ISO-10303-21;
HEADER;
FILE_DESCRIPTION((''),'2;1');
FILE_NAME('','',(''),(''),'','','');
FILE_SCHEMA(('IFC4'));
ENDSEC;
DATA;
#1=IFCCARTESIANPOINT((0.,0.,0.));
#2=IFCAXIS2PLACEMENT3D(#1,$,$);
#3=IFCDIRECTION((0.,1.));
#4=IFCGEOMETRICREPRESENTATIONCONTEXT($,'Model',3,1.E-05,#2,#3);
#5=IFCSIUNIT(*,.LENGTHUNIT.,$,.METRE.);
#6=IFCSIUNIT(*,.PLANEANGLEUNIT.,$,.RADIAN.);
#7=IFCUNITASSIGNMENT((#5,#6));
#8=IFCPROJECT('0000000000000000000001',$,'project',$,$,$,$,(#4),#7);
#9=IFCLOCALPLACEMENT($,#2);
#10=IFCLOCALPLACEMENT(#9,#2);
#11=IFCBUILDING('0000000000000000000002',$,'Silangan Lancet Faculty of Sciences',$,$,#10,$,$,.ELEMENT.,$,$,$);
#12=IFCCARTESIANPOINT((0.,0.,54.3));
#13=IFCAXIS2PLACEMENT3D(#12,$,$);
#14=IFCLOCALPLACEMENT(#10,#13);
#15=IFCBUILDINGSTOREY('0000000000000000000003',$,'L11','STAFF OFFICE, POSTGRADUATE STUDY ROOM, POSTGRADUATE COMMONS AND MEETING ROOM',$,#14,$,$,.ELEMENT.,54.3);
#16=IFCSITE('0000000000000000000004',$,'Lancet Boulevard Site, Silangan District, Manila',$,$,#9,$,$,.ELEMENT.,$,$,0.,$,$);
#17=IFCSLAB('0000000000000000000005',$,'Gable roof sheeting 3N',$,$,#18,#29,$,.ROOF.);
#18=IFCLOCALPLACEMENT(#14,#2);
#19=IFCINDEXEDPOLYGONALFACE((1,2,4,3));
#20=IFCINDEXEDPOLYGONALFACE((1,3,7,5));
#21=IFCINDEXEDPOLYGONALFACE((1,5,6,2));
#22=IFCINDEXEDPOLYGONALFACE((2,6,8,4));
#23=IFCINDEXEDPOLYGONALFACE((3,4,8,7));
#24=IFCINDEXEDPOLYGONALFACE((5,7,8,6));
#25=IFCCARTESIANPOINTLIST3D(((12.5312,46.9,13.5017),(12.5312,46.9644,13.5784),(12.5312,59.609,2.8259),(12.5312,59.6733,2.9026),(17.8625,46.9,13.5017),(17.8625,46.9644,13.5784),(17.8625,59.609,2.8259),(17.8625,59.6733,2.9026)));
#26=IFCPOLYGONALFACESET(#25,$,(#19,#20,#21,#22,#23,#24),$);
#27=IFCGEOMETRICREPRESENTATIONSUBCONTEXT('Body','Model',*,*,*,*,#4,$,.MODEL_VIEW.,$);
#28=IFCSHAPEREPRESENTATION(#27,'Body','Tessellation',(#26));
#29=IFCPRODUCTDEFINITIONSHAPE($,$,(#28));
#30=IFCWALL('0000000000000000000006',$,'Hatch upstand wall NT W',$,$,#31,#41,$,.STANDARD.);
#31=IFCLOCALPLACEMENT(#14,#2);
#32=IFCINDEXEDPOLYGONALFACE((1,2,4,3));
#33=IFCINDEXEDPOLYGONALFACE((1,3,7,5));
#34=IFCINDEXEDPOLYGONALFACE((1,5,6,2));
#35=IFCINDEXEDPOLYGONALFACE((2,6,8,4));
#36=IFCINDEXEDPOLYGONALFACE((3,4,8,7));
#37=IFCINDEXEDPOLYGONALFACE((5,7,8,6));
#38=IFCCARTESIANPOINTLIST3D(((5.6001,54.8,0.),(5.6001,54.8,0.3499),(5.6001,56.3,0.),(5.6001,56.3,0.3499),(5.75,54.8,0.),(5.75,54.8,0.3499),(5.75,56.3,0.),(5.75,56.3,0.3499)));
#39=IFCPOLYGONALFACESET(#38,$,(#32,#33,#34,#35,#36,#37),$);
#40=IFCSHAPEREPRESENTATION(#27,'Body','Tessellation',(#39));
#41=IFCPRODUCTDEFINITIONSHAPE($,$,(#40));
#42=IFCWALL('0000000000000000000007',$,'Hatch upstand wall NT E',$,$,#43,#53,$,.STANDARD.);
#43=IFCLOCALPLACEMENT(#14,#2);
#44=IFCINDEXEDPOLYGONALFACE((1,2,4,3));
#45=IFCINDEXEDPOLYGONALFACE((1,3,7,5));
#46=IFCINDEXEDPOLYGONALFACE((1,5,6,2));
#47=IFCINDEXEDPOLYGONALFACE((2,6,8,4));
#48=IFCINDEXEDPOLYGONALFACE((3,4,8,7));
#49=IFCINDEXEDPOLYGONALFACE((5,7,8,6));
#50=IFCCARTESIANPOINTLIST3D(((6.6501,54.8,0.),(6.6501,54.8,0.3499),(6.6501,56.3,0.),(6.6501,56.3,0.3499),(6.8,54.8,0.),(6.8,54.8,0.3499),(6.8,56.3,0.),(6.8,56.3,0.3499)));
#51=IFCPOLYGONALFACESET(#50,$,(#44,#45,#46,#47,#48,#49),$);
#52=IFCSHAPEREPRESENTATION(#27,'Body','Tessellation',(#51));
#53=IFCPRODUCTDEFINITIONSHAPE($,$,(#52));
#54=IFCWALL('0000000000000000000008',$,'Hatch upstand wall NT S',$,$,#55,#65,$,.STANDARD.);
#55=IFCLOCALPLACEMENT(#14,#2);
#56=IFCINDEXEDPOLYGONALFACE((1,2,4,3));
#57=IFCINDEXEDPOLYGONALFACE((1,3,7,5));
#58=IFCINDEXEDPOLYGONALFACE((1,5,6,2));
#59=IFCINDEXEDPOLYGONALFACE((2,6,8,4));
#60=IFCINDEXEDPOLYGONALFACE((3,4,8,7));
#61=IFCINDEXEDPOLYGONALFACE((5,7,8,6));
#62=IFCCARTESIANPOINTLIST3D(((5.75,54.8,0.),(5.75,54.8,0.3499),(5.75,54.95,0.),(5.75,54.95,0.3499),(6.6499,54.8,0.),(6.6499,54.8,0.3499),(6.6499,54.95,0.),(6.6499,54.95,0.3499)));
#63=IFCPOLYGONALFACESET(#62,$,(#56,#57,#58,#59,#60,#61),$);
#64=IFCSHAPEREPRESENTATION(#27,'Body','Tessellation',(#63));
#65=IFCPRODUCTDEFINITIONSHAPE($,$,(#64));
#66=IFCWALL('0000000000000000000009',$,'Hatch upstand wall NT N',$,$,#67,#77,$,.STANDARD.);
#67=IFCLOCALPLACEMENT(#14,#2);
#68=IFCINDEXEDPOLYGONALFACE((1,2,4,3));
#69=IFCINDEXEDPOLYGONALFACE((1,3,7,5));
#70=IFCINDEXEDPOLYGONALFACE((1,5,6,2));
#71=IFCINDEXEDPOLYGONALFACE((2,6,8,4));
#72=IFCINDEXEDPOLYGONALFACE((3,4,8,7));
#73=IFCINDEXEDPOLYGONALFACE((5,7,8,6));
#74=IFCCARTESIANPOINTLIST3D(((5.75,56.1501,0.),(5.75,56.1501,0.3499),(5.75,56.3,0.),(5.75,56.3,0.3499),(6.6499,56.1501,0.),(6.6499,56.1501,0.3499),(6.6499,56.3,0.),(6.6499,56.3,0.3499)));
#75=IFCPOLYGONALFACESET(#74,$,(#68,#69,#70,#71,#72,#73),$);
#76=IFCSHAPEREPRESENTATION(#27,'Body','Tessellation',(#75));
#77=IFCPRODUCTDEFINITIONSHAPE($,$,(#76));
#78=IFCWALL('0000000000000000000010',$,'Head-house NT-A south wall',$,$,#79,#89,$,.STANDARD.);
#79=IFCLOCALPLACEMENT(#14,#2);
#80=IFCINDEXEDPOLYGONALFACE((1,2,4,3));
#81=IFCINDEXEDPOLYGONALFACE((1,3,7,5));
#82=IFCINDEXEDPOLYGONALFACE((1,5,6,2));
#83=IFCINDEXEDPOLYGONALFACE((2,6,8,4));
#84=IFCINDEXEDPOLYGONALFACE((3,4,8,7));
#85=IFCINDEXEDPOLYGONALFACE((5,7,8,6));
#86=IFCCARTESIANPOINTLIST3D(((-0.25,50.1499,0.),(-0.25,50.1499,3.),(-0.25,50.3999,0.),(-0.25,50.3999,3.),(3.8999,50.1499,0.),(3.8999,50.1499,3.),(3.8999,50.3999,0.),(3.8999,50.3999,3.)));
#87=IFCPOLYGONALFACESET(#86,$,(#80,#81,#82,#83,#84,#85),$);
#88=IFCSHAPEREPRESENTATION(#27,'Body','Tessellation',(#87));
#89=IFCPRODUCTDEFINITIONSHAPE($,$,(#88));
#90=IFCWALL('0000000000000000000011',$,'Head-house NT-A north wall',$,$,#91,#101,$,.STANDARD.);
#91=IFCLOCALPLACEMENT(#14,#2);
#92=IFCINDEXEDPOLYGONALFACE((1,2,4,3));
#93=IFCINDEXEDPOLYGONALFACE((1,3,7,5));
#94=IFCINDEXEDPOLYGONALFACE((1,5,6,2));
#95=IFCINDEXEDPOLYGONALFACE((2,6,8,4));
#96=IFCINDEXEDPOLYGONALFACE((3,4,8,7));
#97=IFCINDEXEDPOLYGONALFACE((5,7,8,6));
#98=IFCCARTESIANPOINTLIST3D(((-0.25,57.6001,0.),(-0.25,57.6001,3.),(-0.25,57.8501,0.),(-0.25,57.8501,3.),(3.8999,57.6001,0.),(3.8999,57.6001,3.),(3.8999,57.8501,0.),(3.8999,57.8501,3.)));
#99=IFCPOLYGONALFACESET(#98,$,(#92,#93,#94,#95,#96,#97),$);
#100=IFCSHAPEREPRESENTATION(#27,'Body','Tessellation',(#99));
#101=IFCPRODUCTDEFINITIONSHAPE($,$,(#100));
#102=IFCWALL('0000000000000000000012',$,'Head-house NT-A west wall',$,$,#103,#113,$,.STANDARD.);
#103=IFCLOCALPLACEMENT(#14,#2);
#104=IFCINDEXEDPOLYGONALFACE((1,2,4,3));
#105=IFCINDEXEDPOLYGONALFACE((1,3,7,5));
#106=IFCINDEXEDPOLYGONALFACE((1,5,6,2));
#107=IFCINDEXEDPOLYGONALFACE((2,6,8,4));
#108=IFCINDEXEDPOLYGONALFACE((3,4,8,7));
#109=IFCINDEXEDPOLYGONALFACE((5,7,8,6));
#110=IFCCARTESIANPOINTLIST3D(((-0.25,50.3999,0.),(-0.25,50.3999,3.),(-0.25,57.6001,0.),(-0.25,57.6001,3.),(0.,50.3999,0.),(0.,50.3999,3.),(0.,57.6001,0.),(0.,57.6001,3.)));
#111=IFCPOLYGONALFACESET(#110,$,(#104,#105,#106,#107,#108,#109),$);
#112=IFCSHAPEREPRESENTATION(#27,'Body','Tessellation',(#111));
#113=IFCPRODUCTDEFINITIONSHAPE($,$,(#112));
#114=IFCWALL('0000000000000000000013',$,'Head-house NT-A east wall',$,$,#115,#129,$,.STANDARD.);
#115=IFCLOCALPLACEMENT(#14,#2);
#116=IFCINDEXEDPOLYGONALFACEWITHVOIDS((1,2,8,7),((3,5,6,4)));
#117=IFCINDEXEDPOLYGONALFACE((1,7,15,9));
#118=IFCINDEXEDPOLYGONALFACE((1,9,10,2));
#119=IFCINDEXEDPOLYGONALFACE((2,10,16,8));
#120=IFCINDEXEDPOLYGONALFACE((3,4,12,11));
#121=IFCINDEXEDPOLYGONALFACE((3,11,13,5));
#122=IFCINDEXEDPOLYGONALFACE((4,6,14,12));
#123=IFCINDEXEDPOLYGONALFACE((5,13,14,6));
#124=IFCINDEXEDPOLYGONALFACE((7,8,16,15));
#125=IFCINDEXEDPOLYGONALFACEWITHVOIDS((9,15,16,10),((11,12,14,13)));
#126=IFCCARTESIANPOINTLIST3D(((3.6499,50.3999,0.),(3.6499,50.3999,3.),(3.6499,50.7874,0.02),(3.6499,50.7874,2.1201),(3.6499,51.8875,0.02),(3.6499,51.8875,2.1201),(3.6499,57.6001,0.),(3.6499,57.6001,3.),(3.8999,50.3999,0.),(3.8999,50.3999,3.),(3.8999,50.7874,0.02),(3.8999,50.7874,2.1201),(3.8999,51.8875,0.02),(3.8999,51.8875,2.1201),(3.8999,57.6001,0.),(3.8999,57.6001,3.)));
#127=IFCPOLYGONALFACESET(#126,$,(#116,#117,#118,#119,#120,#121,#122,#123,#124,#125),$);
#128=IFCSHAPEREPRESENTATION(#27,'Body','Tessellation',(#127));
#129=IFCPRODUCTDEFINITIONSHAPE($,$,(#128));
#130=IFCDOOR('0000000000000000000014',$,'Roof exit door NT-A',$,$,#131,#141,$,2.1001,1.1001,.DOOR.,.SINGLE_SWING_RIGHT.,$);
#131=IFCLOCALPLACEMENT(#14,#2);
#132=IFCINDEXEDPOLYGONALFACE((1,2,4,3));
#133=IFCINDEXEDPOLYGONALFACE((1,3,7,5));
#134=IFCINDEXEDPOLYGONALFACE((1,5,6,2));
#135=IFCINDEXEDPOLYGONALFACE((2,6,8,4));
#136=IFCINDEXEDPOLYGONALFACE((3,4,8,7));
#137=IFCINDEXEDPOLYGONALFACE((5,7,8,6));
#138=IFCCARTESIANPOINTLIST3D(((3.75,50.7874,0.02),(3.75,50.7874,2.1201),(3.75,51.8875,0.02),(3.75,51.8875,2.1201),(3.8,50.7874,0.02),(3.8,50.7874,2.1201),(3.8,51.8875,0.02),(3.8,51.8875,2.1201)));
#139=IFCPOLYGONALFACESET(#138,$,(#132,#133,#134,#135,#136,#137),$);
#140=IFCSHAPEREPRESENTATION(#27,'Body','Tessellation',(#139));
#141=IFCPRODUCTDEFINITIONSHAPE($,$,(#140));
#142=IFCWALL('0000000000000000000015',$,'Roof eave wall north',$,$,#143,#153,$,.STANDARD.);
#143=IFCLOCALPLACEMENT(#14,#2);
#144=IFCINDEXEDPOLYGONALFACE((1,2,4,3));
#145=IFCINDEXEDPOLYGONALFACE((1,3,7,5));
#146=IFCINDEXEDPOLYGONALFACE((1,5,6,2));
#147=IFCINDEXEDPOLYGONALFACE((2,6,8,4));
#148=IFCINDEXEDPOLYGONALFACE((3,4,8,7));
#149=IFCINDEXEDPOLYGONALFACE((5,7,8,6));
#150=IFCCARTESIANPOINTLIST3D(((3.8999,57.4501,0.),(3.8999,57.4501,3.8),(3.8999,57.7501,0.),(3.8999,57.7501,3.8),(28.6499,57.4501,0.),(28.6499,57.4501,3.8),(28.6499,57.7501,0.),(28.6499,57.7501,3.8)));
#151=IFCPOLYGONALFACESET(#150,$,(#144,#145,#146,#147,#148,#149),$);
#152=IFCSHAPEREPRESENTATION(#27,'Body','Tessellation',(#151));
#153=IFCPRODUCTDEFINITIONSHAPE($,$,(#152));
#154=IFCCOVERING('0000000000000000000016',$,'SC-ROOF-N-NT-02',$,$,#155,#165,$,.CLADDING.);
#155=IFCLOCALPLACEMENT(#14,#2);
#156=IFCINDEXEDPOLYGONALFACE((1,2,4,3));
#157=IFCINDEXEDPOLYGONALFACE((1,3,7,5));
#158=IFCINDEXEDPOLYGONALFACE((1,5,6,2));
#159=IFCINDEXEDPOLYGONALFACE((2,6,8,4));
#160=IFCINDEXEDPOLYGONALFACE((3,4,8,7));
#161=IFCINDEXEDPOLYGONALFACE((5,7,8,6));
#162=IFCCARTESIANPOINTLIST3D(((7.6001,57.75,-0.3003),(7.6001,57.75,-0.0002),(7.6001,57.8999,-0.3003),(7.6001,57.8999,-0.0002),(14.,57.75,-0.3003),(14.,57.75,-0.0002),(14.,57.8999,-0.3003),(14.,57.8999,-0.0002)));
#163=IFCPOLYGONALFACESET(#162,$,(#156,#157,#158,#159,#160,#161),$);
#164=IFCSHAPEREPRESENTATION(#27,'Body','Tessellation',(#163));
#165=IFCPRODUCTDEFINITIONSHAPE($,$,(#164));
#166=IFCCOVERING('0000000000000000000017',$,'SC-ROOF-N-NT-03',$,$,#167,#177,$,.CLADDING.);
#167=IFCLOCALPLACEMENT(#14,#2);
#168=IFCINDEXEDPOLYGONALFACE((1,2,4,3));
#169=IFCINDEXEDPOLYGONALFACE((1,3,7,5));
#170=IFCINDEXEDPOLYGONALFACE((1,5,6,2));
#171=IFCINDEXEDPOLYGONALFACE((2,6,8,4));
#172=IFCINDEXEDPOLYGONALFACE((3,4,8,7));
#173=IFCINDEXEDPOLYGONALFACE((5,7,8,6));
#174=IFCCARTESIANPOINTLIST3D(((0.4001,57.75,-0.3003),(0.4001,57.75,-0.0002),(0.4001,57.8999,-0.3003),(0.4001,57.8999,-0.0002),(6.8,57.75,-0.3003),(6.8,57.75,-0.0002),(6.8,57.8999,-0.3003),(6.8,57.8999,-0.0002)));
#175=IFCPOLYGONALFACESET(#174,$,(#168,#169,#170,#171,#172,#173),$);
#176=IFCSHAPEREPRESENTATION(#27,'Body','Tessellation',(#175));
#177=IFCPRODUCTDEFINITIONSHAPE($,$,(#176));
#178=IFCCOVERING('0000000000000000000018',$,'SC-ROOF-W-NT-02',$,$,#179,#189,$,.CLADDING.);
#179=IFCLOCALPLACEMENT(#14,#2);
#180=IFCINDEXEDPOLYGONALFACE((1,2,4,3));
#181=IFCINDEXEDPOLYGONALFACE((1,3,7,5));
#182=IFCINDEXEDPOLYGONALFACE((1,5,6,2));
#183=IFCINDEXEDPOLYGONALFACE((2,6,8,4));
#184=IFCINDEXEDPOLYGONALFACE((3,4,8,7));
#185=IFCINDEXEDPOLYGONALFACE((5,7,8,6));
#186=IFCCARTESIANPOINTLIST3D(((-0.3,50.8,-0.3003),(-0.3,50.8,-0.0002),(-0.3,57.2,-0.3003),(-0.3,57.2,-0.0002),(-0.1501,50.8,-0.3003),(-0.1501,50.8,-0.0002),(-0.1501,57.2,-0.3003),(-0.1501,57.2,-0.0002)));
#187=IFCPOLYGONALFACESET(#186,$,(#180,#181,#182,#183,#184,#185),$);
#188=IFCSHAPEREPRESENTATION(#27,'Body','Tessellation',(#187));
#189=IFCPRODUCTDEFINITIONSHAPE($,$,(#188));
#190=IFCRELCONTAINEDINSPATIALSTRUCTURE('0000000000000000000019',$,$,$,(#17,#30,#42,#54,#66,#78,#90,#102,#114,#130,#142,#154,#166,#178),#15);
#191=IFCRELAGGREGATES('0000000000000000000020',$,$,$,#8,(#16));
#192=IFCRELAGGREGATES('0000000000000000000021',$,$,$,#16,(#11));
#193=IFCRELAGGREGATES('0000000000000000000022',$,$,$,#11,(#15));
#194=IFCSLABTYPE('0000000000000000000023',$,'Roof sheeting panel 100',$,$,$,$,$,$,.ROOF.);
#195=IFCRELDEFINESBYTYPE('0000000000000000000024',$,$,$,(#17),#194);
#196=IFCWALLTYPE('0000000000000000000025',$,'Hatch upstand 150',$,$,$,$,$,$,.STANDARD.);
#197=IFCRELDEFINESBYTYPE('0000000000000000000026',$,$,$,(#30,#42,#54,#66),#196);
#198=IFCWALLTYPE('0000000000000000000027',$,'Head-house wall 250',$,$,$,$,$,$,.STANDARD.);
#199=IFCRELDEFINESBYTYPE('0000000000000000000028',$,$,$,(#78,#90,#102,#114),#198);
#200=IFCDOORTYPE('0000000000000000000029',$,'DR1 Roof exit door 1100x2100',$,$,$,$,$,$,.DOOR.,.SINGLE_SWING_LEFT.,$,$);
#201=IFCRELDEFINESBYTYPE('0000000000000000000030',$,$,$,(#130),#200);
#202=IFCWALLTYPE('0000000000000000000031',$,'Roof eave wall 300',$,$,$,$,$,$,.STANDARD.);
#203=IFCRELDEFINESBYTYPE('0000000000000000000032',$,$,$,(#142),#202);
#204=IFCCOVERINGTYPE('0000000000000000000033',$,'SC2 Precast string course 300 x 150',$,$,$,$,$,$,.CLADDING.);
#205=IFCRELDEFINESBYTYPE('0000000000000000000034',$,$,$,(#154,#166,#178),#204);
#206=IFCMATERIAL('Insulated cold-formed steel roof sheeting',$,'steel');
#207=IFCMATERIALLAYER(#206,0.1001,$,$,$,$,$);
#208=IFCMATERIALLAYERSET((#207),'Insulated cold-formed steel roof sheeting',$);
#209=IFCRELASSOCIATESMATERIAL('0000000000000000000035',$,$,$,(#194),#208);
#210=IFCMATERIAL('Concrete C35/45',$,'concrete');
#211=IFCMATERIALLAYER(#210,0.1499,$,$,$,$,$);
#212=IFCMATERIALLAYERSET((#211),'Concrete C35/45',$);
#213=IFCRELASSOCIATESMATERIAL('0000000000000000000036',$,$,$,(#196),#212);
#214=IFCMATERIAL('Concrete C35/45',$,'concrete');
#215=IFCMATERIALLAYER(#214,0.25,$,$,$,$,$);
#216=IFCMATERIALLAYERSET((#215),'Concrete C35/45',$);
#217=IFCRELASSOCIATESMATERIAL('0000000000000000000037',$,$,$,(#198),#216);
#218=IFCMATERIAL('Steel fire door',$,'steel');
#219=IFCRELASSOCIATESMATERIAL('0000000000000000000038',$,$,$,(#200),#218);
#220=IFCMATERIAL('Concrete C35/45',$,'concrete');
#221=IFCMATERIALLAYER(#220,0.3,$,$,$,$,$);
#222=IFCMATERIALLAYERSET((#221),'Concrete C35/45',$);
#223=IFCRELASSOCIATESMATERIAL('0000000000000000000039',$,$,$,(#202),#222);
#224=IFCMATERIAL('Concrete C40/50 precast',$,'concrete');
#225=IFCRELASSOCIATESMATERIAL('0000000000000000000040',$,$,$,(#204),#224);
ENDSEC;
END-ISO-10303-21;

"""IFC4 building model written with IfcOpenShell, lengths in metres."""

from ifc_helpers import new_model, si_unit, direction, frame, frame_2d, origin, origin_2d, place, context, subcontext, project, spatial, polyline, rectangle, outline, extrude, material, layer, layer_set, type_object, element, fill, save


model = new_model("IFC4")

# Units and contexts
model_context = context("Model", 3, precision=1e-05, world=origin(), true_north=direction((0.0, 1.0)))
body_context = subcontext(model_context, "Body", "Model", "MODEL_VIEW")
ifc_project = project(units=[si_unit("LENGTHUNIT", "METRE"), si_unit("PLANEANGLEUNIT", "RADIAN")], contexts=[model_context])

# Site, building, storey
site_placement = place(None, origin())
site = spatial("IfcSite", under=ifc_project, at=site_placement, Name="Lancet Boulevard Site, Silangan District, Manila", CompositionType="ELEMENT", RefElevation=0.0)
building_placement = place(site_placement, origin())
building = spatial("IfcBuilding", under=site, at=building_placement, Name="Silangan Lancet Faculty of Sciences", CompositionType="ELEMENT")
storey_placement = place(building_placement, frame((0.0, 0.0, 54.3)))
storey = spatial("IfcBuildingStorey", under=building, at=storey_placement, Name="L11", Description="STAFF OFFICE, POSTGRADUATE STUDY ROOM, POSTGRADUATE COMMONS AND MEETING ROOM", CompositionType="ELEMENT", Elevation=54.3)

# Slab
ifc_material_1 = material(Name="Insulated cold-formed steel roof sheeting", Category="steel")
ifc_layer_1 = layer(ifc_material_1, 0.1001)
ifc_layer_set_1 = layer_set([ifc_layer_1], Name="Insulated cold-formed steel roof sheeting")
slab_type = type_object("IfcSlabType", Name="Roof sheeting panel 100", PredefinedType="ROOF", material=ifc_layer_set_1)
for number, where, z_axis, x_axis, name in (
    (1, (12.5312, 46.9644, 13.5784), (0.0, 0.6432, 0.765698), (1.0, 0.0, 0.0), "Gable roof sheeting 3N"),
):
    element("IfcSlab", number, at=place(storey_placement, frame(where, z_axis=z_axis, x_axis=x_axis)), inside=storey, type_object=slab_type, Name=name, PredefinedType="ROOF", context=body_context, shape_type="SweptSolid", body=[
        extrude(outline(polyline([(0.0, 0.0), (5.3313, 0.0), (5.3313, 16.5979), (0.0, 16.5979), (0.0, 0.0)])), origin(), (0.0, 0.0, -1.0), 0.1001),
    ])

# Walls
ifc_material_2 = material(Name="Concrete C35/45", Category="concrete")
ifc_layer_2 = layer(ifc_material_2, 0.1499)
ifc_layer_set_2 = layer_set([ifc_layer_2], Name="Concrete C35/45")
wall_type_1 = type_object("IfcWallType", Name="Hatch upstand 150", PredefinedType="STANDARD", material=ifc_layer_set_2)
for number, where, z_axis, x_axis, name in (
    (2, (5.675, 54.8, 0.0), (0.0, 0.0, 1.0), (0.0, 1.0, 0.0), "Hatch upstand wall NT W"),
    (3, (6.7251, 54.8, 0.0), (0.0, 0.0, 1.0), (0.0, 1.0, 0.0), "Hatch upstand wall NT E"),
):
    element("IfcWall", number, at=place(storey_placement, frame(where, z_axis=z_axis, x_axis=x_axis)), inside=storey, type_object=wall_type_1, Name=name, PredefinedType="STANDARD", context=body_context, shape_type="SweptSolid", body=[
        extrude(rectangle(XDim=1.5, YDim=0.1499, at=frame_2d((0.75, 0.0))), origin(), (0.0, 0.0, 1.0), 0.3499),
    ])
for number, where, z_axis, x_axis, name in (
    (4, (5.75, 54.875, 0.0), (0.0, 0.0, 1.0), (1.0, 0.0, 0.0), "Hatch upstand wall NT S"),
    (5, (5.75, 56.2251, 0.0), (0.0, 0.0, 1.0), (1.0, 0.0, 0.0), "Hatch upstand wall NT N"),
):
    element("IfcWall", number, at=place(storey_placement, frame(where, z_axis=z_axis, x_axis=x_axis)), inside=storey, type_object=wall_type_1, Name=name, PredefinedType="STANDARD", context=body_context, shape_type="SweptSolid", body=[
        extrude(rectangle(XDim=0.8999, YDim=0.1499, at=frame_2d((0.45, 0.0))), origin(), (0.0, 0.0, 1.0), 0.3499),
    ])
ifc_material_3 = material(Name="Concrete C35/45", Category="concrete")
ifc_layer_3 = layer(ifc_material_3, 0.25)
ifc_layer_set_3 = layer_set([ifc_layer_3], Name="Concrete C35/45")
wall_type_2 = type_object("IfcWallType", Name="Head-house wall 250", PredefinedType="STANDARD", material=ifc_layer_set_3)
for number, where, z_axis, x_axis, name in (
    (6, (-0.25, 50.2749, 0.0), (0.0, 0.0, 1.0), (1.0, 0.0, 0.0), "Head-house NT-A south wall"),
    (7, (-0.25, 57.7251, 0.0), (0.0, 0.0, 1.0), (1.0, 0.0, 0.0), "Head-house NT-A north wall"),
):
    element("IfcWall", number, at=place(storey_placement, frame(where, z_axis=z_axis, x_axis=x_axis)), inside=storey, type_object=wall_type_2, Name=name, PredefinedType="STANDARD", context=body_context, shape_type="SweptSolid", body=[
        extrude(rectangle(XDim=4.1499, YDim=0.25, at=frame_2d((2.075, 0.0))), origin(), (0.0, 0.0, 1.0), 3.0),
    ])
wall_1_placement = place(storey_placement, frame((-0.125, 50.3999, 0.0), z_axis=(0.0, 0.0, 1.0), x_axis=(0.0, 1.0, 0.0)))
element("IfcWall", 8, at=wall_1_placement, inside=storey, type_object=wall_type_2, Name="Head-house NT-A west wall", PredefinedType="STANDARD", context=body_context, shape_type="SweptSolid", body=[
    extrude(rectangle(XDim=7.2002, YDim=0.25, at=frame_2d((3.6001, 0.0))), origin(), (0.0, 0.0, 1.0), 3.0),
])

# Wall, opening, door
wall_2_placement = place(storey_placement, frame((3.7749, 50.3999, 0.0), z_axis=(0.0, 0.0, 1.0), x_axis=(0.0, 1.0, 0.0)))
wall_2 = element("IfcWall", 9, at=wall_2_placement, inside=storey, type_object=wall_type_2, Name="Head-house NT-A east wall", PredefinedType="STANDARD", context=body_context, shape_type="SweptSolid", body=[
    extrude(rectangle(XDim=7.2002, YDim=0.25, at=frame_2d((3.6001, 0.0))), origin(), (0.0, 0.0, 1.0), 3.0),
])
opening_placement = place(wall_2_placement, frame((0.3875, 0.0, 0.02)))
opening = element("IfcOpeningElement", 10, at=opening_placement, cuts=wall_2, PredefinedType="OPENING", context=body_context, shape_type="SweptSolid", body=[
    extrude(rectangle(XDim=1.1001, YDim=2.1001, at=frame_2d((0.55, 1.05))), frame((0.0, 0.135, 0.0), z_axis=(0.0, -1.0, 0.0), x_axis=(1.0, 0.0, 0.0)), (0.0, 0.0, 1.0), 0.27),
])
ifc_material_4 = material(Name="Steel fire door", Category="steel")
door_type = type_object("IfcDoorType", Name="DR1 Roof exit door 1100x2100", OperationType="SINGLE_SWING_LEFT", PredefinedType="DOOR", material=ifc_material_4)
door_placement = place(opening_placement, frame((1.1001, 0.0, 0.0), z_axis=(0.0, 0.0, 1.0), x_axis=(-1.0, 0.0, 0.0)))
door = element("IfcDoor", 11, at=door_placement, inside=storey, type_object=door_type, Name="Roof exit door NT-A", OperationType="SINGLE_SWING_RIGHT", OverallHeight=2.1001, OverallWidth=1.1001, PredefinedType="DOOR", context=body_context, shape_type="SweptSolid", body=[
    extrude(rectangle(XDim=1.1001, YDim=2.1001, at=frame_2d((0.55, 1.05))), frame((0.0, 0.0251, 0.0), z_axis=(0.0, -1.0, 0.0), x_axis=(1.0, 0.0, 0.0)), (0.0, 0.0, 1.0), 0.05),
])
fill(opening, door)

# Wall
ifc_material_5 = material(Name="Concrete C35/45", Category="concrete")
ifc_layer_4 = layer(ifc_material_5, 0.3)
ifc_layer_set_4 = layer_set([ifc_layer_4], Name="Concrete C35/45")
wall_type_3 = type_object("IfcWallType", Name="Roof eave wall 300", PredefinedType="STANDARD", material=ifc_layer_set_4)
wall_3_placement = place(storey_placement, frame((3.8999, 57.6001, 0.0), z_axis=(0.0, 0.0, 1.0), x_axis=(1.0, 0.0, 0.0)))
element("IfcWall", 12, at=wall_3_placement, inside=storey, type_object=wall_type_3, Name="Roof eave wall north", PredefinedType="STANDARD", context=body_context, shape_type="SweptSolid", body=[
    extrude(rectangle(XDim=24.75, YDim=0.3, at=frame_2d((12.375, 0.0))), origin(), (0.0, 0.0, 1.0), 3.8),
])

# Coverings
ifc_material_6 = material(Name="Concrete C40/50 precast", Category="concrete")
covering_type = type_object("IfcCoveringType", Name="SC2 Precast string course 300 x 150", PredefinedType="CLADDING", material=ifc_material_6)
for number, where, z_axis, x_axis, name in (
    (13, (10.8, 57.825, -0.3003), (0.0, 0.0, 1.0), (1.0, 0.0, 0.0), "SC-ROOF-N-NT-02"),
    (14, (3.6001, 57.825, -0.3003), (0.0, 0.0, 1.0), (1.0, 0.0, 0.0), "SC-ROOF-N-NT-03"),
):
    element("IfcCovering", number, at=place(storey_placement, frame(where, z_axis=z_axis, x_axis=x_axis)), inside=storey, type_object=covering_type, Name=name, PredefinedType="CLADDING", context=body_context, shape_type="SweptSolid", body=[
        extrude(rectangle(XDim=6.3999, YDim=0.1499, at=origin_2d()), origin(), (0.0, 0.0, 1.0), 0.3),
    ])
covering_placement = place(storey_placement, frame((-0.2251, 54.0, -0.3003), z_axis=(0.0, 0.0, 1.0), x_axis=(1.0, 0.0, 0.0)))
element("IfcCovering", 15, at=covering_placement, inside=storey, type_object=covering_type, Name="SC-ROOF-W-NT-02", PredefinedType="CLADDING", context=body_context, shape_type="SweptSolid", body=[
    extrude(rectangle(XDim=0.1499, YDim=6.3999, at=origin_2d()), origin(), (0.0, 0.0, 1.0), 0.3),
])

save(model, "model.ifc")
